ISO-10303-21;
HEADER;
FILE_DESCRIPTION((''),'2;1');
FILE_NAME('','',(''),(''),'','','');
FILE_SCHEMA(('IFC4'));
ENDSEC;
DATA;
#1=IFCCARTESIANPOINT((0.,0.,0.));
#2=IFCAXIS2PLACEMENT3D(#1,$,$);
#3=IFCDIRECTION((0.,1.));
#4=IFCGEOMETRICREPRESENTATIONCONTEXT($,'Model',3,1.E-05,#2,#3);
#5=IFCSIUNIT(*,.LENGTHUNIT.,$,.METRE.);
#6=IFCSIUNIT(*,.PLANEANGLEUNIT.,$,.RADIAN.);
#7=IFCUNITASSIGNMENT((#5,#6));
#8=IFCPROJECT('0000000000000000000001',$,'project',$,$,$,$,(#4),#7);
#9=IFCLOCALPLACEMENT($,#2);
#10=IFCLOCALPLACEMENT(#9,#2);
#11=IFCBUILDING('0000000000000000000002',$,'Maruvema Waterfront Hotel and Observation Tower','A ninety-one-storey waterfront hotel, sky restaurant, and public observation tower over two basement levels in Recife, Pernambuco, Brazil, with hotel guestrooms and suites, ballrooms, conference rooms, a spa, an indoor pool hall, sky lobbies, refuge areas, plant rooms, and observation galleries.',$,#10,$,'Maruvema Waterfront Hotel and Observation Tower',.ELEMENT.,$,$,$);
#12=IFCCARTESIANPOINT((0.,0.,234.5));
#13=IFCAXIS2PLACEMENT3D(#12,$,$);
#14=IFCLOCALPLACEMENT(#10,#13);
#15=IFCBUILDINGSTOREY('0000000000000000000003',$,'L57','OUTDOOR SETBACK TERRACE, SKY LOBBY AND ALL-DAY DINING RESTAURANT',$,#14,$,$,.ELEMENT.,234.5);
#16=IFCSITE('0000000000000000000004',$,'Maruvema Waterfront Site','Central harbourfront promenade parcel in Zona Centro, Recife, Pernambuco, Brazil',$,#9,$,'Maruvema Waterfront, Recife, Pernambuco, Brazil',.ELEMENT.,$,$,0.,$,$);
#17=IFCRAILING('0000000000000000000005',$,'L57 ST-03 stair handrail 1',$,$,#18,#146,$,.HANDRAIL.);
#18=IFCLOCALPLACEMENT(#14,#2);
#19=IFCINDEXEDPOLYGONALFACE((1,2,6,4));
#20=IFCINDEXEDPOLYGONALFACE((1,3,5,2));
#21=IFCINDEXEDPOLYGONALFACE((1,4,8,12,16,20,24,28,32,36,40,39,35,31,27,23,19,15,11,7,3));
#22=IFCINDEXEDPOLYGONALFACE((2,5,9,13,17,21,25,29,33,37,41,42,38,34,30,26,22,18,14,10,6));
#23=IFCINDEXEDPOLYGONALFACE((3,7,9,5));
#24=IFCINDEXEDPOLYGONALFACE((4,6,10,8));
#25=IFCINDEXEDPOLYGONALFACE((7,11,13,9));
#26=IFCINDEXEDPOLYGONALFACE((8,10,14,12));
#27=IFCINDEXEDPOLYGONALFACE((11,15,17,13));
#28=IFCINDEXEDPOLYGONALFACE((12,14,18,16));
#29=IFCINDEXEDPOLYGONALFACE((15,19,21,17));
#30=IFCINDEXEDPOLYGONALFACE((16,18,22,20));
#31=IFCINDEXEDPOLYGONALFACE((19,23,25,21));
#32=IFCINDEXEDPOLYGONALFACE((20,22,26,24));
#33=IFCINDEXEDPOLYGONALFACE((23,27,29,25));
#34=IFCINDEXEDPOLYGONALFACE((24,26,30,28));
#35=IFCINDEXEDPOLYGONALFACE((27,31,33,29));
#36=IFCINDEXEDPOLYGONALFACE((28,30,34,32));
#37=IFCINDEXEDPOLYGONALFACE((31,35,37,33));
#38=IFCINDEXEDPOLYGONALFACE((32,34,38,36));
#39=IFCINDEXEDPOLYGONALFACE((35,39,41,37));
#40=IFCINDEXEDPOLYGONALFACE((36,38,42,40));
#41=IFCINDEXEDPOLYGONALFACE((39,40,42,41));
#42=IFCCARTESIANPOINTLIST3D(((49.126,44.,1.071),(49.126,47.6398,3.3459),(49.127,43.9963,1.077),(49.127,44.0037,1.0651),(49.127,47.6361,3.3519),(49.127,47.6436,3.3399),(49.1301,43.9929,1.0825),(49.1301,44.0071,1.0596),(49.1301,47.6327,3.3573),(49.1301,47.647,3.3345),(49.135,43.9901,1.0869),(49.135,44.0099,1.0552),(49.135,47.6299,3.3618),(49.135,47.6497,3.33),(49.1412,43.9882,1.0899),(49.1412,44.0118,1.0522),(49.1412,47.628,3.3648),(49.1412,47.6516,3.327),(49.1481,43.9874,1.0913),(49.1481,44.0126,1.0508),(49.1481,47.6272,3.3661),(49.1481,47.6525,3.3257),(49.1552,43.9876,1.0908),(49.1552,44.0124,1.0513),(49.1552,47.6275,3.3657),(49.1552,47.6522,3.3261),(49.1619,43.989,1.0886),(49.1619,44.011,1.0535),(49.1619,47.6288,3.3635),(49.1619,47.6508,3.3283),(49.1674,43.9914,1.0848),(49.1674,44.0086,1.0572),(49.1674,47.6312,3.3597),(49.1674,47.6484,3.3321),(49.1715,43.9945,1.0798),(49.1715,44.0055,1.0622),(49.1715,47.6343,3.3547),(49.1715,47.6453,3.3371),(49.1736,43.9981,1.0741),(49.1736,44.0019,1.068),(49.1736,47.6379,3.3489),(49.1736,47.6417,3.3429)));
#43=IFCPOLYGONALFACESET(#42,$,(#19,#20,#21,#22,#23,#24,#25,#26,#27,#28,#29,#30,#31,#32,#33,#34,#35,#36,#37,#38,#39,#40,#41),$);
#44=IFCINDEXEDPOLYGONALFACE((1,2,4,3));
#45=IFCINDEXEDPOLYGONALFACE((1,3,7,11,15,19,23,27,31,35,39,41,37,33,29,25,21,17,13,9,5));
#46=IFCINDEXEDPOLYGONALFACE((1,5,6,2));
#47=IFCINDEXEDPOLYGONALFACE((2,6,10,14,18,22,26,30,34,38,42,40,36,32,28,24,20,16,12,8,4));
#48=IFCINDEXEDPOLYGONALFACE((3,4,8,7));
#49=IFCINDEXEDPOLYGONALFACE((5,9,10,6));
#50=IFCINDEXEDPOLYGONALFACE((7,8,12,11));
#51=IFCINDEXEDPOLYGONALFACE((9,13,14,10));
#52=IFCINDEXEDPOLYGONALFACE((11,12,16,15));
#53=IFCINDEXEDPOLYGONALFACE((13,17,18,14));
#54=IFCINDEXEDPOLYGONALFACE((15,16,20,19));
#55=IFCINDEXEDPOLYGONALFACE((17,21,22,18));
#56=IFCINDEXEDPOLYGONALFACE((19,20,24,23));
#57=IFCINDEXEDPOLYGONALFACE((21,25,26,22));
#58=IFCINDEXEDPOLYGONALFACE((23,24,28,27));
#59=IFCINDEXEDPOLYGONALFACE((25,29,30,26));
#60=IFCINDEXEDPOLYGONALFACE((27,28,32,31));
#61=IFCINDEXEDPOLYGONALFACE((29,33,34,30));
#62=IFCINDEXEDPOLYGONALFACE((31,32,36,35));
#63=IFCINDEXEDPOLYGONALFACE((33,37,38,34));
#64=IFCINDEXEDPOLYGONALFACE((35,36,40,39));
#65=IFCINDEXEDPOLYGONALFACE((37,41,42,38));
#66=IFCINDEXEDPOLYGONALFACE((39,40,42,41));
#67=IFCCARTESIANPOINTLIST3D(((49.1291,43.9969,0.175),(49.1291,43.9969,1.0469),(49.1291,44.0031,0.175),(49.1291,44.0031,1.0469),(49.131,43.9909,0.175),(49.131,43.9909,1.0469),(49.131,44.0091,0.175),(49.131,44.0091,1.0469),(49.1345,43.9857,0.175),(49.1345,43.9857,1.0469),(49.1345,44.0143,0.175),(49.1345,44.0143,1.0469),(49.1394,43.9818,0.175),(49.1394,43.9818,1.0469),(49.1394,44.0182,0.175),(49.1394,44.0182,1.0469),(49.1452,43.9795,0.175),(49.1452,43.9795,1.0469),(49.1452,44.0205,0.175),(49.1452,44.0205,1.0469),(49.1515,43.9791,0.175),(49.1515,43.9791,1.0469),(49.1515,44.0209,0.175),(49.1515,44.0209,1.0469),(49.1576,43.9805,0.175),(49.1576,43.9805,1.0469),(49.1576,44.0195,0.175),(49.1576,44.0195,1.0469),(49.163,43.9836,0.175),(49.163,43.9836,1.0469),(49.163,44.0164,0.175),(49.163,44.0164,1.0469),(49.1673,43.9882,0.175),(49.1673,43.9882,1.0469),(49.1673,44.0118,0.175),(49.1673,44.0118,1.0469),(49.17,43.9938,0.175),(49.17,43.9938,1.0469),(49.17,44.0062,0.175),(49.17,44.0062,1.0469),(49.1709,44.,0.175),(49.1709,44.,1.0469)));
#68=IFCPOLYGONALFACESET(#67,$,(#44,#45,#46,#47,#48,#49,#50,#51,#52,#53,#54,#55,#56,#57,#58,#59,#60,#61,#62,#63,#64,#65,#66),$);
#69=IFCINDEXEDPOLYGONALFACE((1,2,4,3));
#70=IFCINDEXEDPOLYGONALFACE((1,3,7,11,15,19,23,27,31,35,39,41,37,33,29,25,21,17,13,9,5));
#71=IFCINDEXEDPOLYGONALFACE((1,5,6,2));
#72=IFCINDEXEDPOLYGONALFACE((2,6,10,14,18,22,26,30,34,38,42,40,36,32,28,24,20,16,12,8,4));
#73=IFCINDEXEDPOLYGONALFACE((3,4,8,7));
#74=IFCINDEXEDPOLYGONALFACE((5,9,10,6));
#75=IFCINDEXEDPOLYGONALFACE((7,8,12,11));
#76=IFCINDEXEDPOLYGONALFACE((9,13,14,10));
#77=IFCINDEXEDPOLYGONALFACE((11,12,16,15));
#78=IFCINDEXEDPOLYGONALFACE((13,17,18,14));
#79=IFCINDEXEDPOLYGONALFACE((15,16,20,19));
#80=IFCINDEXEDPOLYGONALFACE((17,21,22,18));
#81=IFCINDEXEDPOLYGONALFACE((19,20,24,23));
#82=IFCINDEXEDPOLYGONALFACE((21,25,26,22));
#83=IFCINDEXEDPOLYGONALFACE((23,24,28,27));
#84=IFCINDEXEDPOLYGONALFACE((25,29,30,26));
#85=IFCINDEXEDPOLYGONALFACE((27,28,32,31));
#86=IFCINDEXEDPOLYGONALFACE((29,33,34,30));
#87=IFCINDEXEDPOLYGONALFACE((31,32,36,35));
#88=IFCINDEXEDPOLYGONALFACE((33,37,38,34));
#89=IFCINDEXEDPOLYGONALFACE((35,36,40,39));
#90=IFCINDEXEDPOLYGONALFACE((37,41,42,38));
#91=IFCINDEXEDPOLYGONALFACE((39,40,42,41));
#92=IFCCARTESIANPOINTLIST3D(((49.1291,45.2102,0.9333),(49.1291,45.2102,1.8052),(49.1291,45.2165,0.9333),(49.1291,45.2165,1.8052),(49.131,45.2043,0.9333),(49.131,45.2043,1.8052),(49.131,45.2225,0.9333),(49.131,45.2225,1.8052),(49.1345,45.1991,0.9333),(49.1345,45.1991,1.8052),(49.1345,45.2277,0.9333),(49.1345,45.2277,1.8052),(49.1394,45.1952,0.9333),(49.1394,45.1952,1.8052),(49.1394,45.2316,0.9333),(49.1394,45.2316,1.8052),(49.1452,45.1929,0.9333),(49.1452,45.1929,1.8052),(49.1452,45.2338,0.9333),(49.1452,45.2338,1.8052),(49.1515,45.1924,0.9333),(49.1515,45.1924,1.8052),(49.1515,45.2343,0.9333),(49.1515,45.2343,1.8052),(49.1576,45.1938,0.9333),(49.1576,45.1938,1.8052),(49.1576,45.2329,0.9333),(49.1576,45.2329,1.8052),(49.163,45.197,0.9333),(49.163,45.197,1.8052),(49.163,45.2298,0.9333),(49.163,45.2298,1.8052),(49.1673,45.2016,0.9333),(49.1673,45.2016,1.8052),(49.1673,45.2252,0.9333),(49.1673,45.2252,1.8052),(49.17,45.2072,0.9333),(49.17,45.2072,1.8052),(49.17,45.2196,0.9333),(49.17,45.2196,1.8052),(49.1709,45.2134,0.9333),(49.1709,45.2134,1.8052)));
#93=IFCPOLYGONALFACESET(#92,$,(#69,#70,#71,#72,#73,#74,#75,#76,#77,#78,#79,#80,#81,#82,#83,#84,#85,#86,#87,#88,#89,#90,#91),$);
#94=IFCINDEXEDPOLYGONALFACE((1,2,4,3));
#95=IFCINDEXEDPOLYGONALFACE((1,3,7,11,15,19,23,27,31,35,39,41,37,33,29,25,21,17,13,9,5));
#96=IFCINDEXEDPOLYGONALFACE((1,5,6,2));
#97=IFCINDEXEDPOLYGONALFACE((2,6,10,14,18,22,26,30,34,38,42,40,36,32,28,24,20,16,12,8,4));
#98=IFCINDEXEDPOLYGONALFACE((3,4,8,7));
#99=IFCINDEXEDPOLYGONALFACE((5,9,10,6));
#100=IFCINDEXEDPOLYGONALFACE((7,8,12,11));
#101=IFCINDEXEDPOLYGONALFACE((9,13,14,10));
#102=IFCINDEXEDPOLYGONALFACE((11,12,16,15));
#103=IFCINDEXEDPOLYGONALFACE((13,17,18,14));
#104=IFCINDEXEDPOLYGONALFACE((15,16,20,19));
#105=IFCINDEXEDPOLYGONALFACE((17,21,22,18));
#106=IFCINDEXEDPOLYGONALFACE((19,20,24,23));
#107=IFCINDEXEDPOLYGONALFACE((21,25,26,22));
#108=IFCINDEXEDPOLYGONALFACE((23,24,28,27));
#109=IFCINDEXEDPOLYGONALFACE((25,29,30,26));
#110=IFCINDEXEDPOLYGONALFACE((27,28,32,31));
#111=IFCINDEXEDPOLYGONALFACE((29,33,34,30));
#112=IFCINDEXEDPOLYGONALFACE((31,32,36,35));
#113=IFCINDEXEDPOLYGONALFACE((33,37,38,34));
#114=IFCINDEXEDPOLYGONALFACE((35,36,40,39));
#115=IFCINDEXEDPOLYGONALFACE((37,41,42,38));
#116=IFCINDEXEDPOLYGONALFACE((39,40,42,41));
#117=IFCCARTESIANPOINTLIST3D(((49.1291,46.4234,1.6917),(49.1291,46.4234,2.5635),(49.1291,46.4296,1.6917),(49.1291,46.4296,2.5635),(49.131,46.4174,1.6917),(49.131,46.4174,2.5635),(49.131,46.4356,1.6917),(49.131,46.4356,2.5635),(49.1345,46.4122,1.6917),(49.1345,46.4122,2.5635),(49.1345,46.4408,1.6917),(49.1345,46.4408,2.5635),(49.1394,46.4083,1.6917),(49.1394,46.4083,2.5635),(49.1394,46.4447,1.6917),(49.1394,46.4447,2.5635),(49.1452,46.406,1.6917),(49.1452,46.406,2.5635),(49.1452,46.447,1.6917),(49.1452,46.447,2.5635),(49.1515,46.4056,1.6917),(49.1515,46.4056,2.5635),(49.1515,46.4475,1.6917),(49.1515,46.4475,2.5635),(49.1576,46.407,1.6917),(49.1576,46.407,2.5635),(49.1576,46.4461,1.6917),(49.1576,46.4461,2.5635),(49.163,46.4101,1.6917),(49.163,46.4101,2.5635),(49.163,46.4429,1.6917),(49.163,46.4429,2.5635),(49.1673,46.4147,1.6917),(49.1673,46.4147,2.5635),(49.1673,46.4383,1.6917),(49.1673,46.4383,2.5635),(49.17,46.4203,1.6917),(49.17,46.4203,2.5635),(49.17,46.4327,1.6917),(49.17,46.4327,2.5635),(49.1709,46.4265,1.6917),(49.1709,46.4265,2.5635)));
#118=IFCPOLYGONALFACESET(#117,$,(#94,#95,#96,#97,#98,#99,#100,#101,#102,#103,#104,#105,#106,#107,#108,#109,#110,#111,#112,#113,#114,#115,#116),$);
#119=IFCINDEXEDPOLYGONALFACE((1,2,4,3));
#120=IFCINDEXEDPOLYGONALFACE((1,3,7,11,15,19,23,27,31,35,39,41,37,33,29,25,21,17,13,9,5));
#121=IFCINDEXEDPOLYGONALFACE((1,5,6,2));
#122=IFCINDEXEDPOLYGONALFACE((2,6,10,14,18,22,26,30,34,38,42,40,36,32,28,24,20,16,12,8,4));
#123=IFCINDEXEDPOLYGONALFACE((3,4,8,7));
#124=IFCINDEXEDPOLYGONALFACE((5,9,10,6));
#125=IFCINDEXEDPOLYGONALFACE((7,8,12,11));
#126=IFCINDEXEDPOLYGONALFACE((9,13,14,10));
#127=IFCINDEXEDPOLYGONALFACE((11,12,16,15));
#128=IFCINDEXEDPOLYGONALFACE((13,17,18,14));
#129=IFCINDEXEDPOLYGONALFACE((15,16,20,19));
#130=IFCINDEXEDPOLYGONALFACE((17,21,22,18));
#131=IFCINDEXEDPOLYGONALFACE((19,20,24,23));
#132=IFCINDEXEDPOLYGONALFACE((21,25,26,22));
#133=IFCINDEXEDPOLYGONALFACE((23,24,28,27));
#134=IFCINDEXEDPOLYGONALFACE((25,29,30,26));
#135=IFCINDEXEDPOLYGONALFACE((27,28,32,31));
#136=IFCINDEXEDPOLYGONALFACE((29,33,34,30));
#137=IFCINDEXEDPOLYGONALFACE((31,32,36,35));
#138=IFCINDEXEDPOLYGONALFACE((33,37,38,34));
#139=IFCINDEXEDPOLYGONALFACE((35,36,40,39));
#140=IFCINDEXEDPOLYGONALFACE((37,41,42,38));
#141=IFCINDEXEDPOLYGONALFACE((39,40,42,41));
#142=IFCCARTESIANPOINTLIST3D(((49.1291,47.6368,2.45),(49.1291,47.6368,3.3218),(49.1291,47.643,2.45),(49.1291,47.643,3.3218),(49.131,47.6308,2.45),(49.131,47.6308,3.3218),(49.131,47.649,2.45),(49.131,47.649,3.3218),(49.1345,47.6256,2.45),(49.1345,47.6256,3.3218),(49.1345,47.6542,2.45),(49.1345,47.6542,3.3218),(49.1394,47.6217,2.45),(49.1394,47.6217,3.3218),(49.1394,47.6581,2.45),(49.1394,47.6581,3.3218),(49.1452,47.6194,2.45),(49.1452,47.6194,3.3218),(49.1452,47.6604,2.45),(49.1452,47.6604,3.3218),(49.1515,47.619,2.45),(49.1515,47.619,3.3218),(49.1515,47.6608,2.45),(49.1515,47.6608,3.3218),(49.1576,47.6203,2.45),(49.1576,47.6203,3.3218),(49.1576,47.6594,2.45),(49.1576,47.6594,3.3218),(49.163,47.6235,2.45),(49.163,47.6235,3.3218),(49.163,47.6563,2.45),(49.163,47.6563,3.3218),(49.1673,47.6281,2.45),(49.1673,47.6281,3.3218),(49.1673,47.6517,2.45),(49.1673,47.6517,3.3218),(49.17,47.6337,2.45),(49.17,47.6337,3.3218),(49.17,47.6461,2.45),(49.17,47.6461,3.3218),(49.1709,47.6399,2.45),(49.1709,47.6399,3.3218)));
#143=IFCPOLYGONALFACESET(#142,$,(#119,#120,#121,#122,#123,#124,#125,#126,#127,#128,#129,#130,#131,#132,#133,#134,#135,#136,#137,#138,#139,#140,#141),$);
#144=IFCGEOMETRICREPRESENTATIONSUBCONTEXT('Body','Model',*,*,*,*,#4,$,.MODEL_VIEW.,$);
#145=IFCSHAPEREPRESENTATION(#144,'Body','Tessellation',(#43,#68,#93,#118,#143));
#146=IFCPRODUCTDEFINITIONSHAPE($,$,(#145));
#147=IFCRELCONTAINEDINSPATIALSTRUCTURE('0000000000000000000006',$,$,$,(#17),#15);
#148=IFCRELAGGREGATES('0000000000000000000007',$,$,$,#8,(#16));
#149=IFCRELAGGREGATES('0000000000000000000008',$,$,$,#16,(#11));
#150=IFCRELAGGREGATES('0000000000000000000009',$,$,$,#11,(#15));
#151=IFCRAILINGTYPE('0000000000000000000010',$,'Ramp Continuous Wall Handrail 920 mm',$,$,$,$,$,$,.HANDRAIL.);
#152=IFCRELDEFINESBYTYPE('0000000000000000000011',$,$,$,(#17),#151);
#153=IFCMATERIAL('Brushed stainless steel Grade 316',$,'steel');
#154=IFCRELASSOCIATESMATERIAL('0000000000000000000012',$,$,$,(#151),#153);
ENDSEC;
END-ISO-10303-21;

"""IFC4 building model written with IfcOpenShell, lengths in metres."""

from ifc_helpers import new_model, si_unit, direction, frame, origin, origin_2d, place, context, subcontext, project, spatial, circle, extrude, material, type_object, element, save


model = new_model("IFC4")

# Units and contexts
model_context = context("Model", 3, precision=1e-05, world=origin(), true_north=direction((0.0, 1.0)))
body_context = subcontext(model_context, "Body", "Model", "MODEL_VIEW")
ifc_project = project(units=[si_unit("LENGTHUNIT", "METRE"), si_unit("PLANEANGLEUNIT", "RADIAN")], contexts=[model_context])

# Site, building, storey
site_placement = place(None, origin())
site = spatial("IfcSite", under=ifc_project, at=site_placement, Name="Maruvema Waterfront Site", Description="Central harbourfront promenade parcel in Zona Centro, Recife, Pernambuco, Brazil", LongName="Maruvema Waterfront, Recife, Pernambuco, Brazil", CompositionType="ELEMENT", RefElevation=0.0)
building_placement = place(site_placement, origin())
building = spatial("IfcBuilding", under=site, at=building_placement, Name="Maruvema Waterfront Hotel and Observation Tower", Description="A ninety-one-storey waterfront hotel, sky restaurant, and public observation tower over two basement levels in Recife, Pernambuco, Brazil, with hotel guestrooms and suites, ballrooms, conference rooms, a spa, an indoor pool hall, sky lobbies, refuge areas, plant rooms, and observation galleries.", LongName="Maruvema Waterfront Hotel and Observation Tower", CompositionType="ELEMENT")
storey_placement = place(building_placement, frame((0.0, 0.0, 234.5)))
storey = spatial("IfcBuildingStorey", under=building, at=storey_placement, Name="L57", Description="OUTDOOR SETBACK TERRACE, SKY LOBBY AND ALL-DAY DINING RESTAURANT", CompositionType="ELEMENT", Elevation=234.5)

# Railing
ifc_material_1 = material(Name="Brushed stainless steel Grade 316", Category="steel")
railing_type_1 = type_object("IfcRailingType", Name="Ramp Continuous Wall Handrail 920 mm", PredefinedType="HANDRAIL", material=ifc_material_1)
railing_1_placement = place(storey_placement, frame((49.1499, 44.0, 0.175)))
element("IfcRailing", 1, at=railing_1_placement, inside=storey, type_object=railing_type_1, Name="L57 ST-03 stair handrail 1", PredefinedType="HANDRAIL", context=body_context, shape_type="SweptSolid", body=[
    extrude(circle(Radius=0.0239, at=origin_2d()), frame((0.0, 0.0, 0.896), z_axis=(0.0, 0.848001, 0.529994), x_axis=(-1.0, 0.0, 0.0)), (0.0, 0.0, 1.0), 4.2922),
    extrude(circle(Radius=0.021, at=origin_2d()), origin(), (0.0, 0.0, 1.0), 0.8718),
    extrude(circle(Radius=0.021, at=origin_2d()), frame((0.0, 1.2134, 0.7583)), (0.0, 0.0, 1.0), 0.8718),
    extrude(circle(Radius=0.021, at=origin_2d()), frame((0.0, 2.4265, 1.5166)), (0.0, 0.0, 1.0), 0.8718),
    extrude(circle(Radius=0.021, at=origin_2d()), frame((0.0, 3.6399, 2.2749)), (0.0, 0.0, 1.0), 0.8718),
])

save(model, "model.ifc")
